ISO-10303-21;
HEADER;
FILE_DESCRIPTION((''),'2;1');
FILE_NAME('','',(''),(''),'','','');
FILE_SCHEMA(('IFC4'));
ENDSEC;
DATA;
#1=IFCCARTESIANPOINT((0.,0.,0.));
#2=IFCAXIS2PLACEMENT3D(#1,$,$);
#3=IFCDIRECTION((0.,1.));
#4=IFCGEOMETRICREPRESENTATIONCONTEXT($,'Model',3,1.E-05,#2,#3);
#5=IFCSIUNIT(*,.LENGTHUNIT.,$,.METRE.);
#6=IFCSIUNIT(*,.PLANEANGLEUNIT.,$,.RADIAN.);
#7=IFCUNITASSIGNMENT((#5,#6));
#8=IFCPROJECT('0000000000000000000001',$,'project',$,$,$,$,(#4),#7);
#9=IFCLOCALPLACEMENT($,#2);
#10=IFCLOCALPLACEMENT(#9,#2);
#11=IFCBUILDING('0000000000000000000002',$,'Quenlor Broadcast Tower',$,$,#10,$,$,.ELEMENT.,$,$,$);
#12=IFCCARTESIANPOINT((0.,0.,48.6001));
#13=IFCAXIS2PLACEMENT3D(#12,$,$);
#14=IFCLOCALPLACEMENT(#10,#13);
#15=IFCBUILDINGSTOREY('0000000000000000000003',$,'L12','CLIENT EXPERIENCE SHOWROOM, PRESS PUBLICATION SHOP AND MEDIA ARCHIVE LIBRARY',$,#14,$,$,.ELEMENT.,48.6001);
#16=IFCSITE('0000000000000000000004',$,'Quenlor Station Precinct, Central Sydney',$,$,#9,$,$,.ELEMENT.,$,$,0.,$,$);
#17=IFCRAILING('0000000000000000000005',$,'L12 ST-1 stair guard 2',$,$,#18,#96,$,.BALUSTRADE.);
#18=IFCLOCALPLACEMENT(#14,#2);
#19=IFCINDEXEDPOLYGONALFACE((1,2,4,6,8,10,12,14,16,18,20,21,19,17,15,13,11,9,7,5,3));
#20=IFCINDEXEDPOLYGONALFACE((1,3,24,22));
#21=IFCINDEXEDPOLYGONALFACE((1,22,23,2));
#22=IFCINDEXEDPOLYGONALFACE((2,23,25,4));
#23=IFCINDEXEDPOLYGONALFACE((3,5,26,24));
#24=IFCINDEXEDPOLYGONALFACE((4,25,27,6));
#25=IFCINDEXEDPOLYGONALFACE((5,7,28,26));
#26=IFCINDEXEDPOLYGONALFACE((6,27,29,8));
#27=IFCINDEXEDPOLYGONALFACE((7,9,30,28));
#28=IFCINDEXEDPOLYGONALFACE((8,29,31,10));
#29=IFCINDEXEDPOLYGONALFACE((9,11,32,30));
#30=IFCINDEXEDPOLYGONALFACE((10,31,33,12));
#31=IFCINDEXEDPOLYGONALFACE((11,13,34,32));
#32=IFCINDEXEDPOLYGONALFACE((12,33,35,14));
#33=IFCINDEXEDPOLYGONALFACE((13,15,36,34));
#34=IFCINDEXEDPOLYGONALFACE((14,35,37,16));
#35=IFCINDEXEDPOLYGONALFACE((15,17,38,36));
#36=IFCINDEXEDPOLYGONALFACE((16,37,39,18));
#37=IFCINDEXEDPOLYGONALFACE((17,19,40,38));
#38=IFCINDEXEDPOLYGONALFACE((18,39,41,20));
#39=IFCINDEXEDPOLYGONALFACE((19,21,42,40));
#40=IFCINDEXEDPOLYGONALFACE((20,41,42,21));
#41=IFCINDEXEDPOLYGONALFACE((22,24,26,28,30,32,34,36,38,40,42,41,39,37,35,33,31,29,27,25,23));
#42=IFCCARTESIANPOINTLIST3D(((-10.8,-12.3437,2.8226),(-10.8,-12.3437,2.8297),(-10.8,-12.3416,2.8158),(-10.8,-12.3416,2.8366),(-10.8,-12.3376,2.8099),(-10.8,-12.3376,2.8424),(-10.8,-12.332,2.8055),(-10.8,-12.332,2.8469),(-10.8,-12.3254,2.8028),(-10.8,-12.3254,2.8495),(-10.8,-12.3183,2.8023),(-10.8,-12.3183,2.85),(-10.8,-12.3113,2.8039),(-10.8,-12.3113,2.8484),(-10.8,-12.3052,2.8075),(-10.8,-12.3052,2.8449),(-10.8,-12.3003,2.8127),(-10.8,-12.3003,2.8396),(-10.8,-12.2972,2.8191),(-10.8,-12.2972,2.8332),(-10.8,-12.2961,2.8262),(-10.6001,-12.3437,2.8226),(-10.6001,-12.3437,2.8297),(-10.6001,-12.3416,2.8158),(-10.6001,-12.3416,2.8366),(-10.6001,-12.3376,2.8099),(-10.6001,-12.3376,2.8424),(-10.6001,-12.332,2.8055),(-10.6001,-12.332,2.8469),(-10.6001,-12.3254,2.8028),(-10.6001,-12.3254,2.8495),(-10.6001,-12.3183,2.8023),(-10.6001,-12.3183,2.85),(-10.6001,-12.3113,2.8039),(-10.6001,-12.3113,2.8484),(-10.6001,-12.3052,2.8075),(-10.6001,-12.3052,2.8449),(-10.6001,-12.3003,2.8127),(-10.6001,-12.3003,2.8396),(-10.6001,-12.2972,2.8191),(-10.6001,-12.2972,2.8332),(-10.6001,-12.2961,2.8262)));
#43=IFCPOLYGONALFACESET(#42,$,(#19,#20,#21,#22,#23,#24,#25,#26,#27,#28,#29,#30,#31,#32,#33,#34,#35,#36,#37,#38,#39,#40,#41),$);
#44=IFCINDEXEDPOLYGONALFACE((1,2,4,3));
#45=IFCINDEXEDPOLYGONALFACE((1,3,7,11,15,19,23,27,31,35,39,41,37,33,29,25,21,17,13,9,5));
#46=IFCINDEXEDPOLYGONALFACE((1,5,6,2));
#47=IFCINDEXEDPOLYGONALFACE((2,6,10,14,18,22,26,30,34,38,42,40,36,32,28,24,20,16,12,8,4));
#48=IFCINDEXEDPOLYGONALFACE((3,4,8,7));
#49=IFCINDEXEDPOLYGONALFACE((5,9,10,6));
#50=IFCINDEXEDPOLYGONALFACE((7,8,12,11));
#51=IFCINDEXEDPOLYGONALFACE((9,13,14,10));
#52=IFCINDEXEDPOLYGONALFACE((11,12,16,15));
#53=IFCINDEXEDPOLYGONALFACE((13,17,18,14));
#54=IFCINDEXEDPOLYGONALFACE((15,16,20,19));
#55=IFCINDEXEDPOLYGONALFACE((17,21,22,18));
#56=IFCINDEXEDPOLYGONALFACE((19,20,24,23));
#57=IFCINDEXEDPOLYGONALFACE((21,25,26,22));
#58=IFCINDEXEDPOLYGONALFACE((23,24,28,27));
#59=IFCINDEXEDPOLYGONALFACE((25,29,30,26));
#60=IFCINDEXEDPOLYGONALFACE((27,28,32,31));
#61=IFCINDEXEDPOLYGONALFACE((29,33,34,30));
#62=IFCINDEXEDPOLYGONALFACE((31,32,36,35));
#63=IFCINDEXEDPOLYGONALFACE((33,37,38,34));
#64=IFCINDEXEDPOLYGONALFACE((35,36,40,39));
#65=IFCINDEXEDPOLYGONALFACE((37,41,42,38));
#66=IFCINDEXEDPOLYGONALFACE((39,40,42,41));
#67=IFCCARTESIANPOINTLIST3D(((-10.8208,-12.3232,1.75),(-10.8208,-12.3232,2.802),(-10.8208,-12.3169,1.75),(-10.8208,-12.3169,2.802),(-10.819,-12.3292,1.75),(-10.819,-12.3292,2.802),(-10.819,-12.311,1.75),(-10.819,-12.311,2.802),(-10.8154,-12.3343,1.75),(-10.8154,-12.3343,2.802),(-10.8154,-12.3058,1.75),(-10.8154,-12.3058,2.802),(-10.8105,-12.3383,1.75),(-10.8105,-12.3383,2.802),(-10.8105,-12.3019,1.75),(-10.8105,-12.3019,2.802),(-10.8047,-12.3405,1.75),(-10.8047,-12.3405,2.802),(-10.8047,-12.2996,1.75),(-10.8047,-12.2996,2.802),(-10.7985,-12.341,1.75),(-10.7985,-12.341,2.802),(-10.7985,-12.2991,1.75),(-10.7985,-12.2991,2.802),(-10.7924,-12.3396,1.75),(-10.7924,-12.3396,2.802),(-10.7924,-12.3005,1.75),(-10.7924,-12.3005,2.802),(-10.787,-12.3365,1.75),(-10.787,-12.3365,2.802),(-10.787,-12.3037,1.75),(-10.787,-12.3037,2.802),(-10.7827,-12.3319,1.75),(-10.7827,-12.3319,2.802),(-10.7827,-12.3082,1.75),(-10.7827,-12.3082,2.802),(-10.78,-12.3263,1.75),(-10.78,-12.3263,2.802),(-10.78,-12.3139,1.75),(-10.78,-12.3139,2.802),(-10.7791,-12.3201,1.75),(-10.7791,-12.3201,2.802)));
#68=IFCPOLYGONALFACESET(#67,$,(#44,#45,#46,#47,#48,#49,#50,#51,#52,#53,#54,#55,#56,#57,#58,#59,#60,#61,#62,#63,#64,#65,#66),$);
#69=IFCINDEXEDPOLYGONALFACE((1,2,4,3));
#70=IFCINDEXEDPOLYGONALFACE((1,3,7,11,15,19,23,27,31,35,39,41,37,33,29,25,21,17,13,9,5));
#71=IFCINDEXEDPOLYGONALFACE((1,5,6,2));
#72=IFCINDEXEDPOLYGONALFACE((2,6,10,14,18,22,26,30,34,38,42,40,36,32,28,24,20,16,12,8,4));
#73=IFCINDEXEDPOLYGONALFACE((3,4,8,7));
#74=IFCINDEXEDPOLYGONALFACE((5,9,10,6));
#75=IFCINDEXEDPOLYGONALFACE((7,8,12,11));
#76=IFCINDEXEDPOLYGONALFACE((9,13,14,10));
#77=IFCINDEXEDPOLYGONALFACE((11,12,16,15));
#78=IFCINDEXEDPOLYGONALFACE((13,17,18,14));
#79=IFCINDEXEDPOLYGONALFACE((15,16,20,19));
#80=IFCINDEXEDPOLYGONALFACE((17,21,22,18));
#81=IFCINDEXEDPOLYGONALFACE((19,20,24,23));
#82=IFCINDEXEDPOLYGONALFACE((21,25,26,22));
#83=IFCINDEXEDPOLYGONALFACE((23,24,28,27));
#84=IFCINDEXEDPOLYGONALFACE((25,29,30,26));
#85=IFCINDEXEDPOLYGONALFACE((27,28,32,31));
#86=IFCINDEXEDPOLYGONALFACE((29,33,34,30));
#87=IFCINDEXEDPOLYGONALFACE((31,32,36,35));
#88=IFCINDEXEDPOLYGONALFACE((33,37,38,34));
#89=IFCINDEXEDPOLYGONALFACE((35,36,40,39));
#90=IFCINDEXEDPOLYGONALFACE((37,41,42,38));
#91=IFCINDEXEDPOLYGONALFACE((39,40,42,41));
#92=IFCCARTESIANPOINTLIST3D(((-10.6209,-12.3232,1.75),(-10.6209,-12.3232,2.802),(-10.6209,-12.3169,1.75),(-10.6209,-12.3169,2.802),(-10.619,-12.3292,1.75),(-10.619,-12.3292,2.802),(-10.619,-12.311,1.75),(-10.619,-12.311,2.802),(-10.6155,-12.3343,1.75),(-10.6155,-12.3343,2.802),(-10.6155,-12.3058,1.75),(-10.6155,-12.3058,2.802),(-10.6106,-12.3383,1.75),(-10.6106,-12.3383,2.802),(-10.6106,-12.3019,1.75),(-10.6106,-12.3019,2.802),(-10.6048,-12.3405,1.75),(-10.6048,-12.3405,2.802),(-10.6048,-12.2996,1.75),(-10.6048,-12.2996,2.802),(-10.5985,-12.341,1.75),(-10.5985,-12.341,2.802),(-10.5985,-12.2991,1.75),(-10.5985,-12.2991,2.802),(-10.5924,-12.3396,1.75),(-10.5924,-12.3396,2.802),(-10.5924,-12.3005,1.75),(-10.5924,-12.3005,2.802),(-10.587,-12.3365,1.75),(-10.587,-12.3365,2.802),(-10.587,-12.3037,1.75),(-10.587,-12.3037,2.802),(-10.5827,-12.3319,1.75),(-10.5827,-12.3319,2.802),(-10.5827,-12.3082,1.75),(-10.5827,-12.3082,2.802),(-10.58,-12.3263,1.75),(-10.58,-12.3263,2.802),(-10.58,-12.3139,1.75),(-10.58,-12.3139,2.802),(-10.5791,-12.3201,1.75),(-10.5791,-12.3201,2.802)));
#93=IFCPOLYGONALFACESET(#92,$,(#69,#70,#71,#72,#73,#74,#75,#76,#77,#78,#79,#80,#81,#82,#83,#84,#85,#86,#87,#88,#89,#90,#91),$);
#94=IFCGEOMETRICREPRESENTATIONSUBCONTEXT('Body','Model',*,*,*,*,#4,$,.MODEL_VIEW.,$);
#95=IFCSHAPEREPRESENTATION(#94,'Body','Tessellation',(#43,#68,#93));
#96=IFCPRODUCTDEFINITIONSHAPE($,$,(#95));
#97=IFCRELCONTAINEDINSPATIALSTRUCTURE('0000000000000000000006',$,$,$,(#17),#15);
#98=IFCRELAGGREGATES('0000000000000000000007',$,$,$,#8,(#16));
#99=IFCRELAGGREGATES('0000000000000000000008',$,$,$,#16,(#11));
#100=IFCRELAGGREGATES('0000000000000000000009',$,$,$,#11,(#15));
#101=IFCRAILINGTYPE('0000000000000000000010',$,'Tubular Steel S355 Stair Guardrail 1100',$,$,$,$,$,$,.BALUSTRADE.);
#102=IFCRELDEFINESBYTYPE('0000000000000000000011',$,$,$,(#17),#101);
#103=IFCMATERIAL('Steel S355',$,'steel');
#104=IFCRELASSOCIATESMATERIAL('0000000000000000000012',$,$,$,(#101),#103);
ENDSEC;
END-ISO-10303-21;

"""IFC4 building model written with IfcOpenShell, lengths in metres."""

from ifc_helpers import new_model, si_unit, direction, frame, origin, origin_2d, place, context, subcontext, project, spatial, circle, extrude, material, type_object, element, save


model = new_model("IFC4")

# Units and contexts
model_context = context("Model", 3, precision=1e-05, world=origin(), true_north=direction((0.0, 1.0)))
body_context = subcontext(model_context, "Body", "Model", "MODEL_VIEW")
ifc_project = project(units=[si_unit("LENGTHUNIT", "METRE"), si_unit("PLANEANGLEUNIT", "RADIAN")], contexts=[model_context])

# Site, building, storey
site_placement = place(None, origin())
site = spatial("IfcSite", under=ifc_project, at=site_placement, Name="Quenlor Station Precinct, Central Sydney", CompositionType="ELEMENT", RefElevation=0.0)
building_placement = place(site_placement, origin())
building = spatial("IfcBuilding", under=site, at=building_placement, Name="Quenlor Broadcast Tower", CompositionType="ELEMENT")
storey_placement = place(building_placement, frame((0.0, 0.0, 48.6001)))
storey = spatial("IfcBuildingStorey", under=building, at=storey_placement, Name="L12", Description="CLIENT EXPERIENCE SHOWROOM, PRESS PUBLICATION SHOP AND MEDIA ARCHIVE LIBRARY", CompositionType="ELEMENT", Elevation=48.6001)

# Railing
ifc_material_1 = material(Name="Steel S355", Category="steel")
railing_type_1 = type_object("IfcRailingType", Name="Tubular Steel S355 Stair Guardrail 1100", PredefinedType="BALUSTRADE", material=ifc_material_1)
railing_1_placement = place(storey_placement, frame((-10.8, -12.3201, 1.75)))
element("IfcRailing", 1, at=railing_1_placement, inside=storey, type_object=railing_type_1, Name="L12 ST-1 stair guard 2", PredefinedType="BALUSTRADE", context=body_context, shape_type="SweptSolid", body=[
    extrude(circle(Radius=0.0239, at=origin_2d()), frame((0.0, 0.0, 1.0762), z_axis=(1.0, 0.0, 0.0), x_axis=(0.0, 1.0, 0.0)), (0.0, 0.0, 1.0), 0.2),
    extrude(circle(Radius=0.021, at=origin_2d()), origin(), (0.0, 0.0, 1.0), 1.052),
    extrude(circle(Radius=0.021, at=origin_2d()), frame((0.2, 0.0, 0.0)), (0.0, 0.0, 1.0), 1.052),
])

save(model, "model.ifc")
